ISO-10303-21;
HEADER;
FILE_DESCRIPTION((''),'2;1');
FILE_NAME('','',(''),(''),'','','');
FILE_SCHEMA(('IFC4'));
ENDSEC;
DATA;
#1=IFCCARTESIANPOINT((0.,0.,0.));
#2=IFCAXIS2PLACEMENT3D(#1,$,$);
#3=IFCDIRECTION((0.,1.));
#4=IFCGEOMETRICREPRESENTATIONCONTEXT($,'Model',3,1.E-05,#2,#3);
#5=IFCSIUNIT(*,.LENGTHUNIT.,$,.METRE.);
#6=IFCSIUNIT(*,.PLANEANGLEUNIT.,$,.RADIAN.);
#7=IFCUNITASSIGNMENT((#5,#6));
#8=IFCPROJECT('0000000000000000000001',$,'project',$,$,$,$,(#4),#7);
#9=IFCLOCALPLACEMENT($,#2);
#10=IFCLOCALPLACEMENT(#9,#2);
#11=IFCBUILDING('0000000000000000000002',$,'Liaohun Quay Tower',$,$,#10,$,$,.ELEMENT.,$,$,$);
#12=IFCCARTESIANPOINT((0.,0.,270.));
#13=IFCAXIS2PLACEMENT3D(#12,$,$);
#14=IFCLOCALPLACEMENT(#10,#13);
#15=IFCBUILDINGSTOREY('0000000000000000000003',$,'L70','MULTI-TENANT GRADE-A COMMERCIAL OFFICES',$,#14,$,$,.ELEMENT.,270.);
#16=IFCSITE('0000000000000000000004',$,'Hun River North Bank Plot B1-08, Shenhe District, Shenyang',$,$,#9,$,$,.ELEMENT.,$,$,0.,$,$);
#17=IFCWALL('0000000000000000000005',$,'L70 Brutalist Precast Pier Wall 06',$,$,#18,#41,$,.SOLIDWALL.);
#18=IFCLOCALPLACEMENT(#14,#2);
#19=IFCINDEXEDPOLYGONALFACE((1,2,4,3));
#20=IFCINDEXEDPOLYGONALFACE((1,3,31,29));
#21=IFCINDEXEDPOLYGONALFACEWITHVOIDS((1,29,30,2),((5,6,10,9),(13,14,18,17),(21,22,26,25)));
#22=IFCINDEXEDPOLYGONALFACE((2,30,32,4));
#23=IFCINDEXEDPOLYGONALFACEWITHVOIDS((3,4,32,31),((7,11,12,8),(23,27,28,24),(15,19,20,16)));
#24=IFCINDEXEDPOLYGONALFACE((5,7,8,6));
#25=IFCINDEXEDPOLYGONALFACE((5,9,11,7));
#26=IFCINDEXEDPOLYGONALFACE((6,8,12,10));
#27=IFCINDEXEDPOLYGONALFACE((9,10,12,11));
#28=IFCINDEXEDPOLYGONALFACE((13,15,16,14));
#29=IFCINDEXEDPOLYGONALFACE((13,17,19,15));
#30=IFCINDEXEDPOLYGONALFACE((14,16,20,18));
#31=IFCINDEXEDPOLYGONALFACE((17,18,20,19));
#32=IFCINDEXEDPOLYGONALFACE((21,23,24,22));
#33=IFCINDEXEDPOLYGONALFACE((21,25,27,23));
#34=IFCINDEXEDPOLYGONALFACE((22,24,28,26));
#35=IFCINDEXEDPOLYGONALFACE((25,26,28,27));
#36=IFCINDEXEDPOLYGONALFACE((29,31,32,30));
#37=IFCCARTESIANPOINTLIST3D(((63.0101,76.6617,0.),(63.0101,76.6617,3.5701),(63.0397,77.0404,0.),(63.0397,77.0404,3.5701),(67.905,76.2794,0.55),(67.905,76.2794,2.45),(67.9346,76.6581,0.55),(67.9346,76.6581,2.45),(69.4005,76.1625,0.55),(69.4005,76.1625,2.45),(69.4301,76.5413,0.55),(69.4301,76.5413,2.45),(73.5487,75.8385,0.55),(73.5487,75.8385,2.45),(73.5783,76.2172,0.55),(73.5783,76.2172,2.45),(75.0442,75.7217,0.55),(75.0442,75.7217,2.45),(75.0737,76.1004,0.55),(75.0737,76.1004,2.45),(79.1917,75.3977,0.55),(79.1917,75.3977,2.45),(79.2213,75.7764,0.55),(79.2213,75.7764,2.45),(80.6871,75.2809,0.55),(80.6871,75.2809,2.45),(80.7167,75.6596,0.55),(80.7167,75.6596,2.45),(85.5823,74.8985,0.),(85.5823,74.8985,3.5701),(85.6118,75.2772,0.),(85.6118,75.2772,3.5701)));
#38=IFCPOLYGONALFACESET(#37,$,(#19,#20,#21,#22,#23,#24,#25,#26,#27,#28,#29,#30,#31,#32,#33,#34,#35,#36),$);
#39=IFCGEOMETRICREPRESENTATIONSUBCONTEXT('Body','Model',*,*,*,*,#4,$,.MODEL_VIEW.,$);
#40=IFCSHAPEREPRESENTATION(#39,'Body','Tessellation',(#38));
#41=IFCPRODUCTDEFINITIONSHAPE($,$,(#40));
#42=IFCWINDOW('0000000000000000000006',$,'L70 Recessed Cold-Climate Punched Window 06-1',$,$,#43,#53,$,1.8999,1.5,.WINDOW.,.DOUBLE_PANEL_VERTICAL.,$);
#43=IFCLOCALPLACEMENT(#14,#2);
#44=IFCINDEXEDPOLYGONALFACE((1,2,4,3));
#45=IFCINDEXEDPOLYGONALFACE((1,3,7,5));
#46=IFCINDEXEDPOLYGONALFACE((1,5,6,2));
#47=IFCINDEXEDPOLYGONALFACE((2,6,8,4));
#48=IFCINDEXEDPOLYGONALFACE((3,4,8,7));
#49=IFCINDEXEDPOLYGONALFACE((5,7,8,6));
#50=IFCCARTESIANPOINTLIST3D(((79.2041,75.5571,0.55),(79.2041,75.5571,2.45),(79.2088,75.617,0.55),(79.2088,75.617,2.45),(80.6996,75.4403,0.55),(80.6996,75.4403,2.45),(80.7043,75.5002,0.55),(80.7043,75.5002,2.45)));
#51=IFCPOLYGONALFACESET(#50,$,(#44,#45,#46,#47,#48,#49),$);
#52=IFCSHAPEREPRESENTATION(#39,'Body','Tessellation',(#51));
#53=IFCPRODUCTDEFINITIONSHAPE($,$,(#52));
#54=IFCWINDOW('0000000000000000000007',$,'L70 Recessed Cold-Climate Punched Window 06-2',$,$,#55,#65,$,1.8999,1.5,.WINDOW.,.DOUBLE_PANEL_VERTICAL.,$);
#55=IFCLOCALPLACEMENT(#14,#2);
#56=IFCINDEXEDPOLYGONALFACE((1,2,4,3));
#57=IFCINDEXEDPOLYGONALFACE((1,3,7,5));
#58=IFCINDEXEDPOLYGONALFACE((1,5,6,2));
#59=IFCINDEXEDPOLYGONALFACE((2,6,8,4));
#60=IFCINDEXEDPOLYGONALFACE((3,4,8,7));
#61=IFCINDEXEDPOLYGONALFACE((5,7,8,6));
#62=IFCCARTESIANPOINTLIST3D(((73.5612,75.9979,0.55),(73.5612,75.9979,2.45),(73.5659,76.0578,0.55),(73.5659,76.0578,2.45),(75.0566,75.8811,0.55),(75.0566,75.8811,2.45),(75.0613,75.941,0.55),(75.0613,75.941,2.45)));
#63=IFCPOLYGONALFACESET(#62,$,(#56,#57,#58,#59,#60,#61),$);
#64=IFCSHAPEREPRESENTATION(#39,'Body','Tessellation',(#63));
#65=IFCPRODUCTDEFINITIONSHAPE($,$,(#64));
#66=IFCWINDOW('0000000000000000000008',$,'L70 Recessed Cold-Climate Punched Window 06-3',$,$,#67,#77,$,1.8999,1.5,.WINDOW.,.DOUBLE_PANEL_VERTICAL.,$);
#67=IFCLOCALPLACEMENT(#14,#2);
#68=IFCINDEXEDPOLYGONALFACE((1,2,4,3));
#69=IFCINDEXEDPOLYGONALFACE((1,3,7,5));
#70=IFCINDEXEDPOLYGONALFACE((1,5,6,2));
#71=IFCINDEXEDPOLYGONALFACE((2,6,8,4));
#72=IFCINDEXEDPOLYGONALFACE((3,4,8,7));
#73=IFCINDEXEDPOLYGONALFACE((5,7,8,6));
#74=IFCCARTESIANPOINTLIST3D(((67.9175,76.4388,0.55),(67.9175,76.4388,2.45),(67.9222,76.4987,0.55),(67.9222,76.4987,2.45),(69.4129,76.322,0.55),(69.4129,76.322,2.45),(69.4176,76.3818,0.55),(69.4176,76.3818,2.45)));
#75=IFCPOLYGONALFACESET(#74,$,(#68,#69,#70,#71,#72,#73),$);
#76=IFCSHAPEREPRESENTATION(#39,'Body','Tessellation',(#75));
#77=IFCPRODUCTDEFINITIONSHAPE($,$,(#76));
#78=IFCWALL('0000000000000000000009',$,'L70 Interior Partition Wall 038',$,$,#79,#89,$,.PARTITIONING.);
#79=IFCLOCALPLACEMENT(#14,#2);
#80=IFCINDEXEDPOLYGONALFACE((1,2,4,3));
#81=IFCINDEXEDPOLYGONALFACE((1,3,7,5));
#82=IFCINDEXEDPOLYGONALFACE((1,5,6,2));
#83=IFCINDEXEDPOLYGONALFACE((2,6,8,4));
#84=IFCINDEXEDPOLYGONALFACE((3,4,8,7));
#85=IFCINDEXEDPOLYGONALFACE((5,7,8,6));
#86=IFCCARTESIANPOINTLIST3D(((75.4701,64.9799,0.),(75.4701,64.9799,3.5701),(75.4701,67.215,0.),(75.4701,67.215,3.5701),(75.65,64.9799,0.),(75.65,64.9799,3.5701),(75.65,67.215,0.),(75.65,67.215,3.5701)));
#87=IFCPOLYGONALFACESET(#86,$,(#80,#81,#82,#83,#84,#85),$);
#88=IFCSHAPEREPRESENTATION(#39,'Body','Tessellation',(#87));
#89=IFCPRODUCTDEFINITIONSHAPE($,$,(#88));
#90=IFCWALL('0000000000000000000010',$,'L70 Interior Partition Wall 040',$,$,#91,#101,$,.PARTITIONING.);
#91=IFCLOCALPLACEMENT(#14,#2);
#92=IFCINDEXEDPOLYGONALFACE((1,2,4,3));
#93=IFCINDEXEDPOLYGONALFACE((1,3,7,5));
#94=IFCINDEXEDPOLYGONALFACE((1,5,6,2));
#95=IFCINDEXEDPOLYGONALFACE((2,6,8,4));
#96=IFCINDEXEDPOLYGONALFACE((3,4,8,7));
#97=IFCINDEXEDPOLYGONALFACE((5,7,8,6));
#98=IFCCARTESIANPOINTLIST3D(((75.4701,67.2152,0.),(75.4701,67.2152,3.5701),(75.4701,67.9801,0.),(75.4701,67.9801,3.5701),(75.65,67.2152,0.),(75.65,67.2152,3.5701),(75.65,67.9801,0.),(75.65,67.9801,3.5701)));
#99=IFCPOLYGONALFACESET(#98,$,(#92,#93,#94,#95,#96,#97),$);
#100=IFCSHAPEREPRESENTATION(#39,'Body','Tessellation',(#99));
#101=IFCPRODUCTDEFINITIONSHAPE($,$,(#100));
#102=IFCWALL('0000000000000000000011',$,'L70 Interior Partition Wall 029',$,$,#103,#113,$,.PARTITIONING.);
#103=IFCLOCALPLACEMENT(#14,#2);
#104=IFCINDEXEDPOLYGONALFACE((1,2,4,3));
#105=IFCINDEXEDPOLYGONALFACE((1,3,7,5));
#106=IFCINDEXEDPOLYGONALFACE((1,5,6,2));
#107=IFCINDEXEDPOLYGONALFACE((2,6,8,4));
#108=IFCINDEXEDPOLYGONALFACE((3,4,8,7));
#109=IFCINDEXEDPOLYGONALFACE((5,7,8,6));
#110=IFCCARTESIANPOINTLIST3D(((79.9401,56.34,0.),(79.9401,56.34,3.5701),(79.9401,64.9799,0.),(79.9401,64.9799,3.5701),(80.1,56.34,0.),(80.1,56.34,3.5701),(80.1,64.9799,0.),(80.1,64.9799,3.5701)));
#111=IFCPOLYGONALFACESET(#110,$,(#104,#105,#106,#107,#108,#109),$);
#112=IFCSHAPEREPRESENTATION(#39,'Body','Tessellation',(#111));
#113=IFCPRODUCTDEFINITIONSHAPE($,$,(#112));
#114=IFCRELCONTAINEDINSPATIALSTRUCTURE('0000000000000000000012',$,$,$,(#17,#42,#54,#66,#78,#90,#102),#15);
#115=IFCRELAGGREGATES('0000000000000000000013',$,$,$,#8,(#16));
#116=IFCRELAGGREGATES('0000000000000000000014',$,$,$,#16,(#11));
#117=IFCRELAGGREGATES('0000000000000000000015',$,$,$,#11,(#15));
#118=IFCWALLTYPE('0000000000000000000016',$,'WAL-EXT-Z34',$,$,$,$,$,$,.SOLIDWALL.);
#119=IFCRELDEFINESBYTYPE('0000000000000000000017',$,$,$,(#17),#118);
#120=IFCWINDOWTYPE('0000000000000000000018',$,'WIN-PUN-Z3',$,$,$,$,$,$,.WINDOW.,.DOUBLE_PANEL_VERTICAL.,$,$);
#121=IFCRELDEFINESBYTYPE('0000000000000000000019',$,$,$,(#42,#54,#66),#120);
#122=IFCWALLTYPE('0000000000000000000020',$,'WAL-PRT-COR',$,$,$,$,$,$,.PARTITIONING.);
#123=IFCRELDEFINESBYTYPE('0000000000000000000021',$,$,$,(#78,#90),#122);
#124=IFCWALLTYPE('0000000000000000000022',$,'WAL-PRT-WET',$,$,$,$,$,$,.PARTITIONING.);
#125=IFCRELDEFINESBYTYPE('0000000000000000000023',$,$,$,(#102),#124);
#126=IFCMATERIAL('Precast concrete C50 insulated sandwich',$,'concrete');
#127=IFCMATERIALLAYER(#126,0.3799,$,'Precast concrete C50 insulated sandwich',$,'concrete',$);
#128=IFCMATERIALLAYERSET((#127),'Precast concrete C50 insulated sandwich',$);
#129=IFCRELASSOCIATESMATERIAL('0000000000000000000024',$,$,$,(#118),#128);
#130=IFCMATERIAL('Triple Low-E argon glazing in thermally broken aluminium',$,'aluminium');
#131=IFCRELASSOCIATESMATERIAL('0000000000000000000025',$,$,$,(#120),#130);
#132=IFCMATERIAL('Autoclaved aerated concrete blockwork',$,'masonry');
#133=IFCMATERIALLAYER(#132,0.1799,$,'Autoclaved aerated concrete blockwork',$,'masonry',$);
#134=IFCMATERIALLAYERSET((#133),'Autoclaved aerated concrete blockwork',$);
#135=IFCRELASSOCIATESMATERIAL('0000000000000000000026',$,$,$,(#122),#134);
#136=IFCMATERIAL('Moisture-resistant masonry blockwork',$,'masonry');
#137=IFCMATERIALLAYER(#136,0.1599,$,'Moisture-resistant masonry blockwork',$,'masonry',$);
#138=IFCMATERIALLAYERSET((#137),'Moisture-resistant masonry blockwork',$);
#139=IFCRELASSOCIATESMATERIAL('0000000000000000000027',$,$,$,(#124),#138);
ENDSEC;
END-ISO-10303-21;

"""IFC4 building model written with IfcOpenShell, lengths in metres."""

from ifc_helpers import new_model, si_unit, direction, frame, frame_2d, origin, place, context, subcontext, project, spatial, rectangle, extrude, source, transform, mapped, material, layer, layer_set, type_object, element, fill, save


model = new_model("IFC4")

# Units and contexts
model_context = context("Model", 3, precision=1e-05, world=origin(), true_north=direction((0.0, 1.0)))
body_context = subcontext(model_context, "Body", "Model", "MODEL_VIEW")
ifc_project = project(units=[si_unit("LENGTHUNIT", "METRE"), si_unit("PLANEANGLEUNIT", "RADIAN")], contexts=[model_context])

# Site, building, storey
site_placement = place(None, origin())
site = spatial("IfcSite", under=ifc_project, at=site_placement, Name="Hun River North Bank Plot B1-08, Shenhe District, Shenyang", CompositionType="ELEMENT", RefElevation=0.0)
building_placement = place(site_placement, origin())
building = spatial("IfcBuilding", under=site, at=building_placement, Name="Liaohun Quay Tower", CompositionType="ELEMENT")
storey_placement = place(building_placement, frame((0.0, 0.0, 270.0)))
storey = spatial("IfcBuildingStorey", under=building, at=storey_placement, Name="L70", Description="MULTI-TENANT GRADE-A COMMERCIAL OFFICES", CompositionType="ELEMENT", Elevation=270.0)

# Shared definitions
ifc_material_1 = material(Name="Precast concrete C50 insulated sandwich", Category="concrete")
ifc_layer_1 = layer(ifc_material_1, 0.3799, Name="Precast concrete C50 insulated sandwich", Category="concrete")
ifc_layer_set_1 = layer_set([ifc_layer_1], Name="Precast concrete C50 insulated sandwich")
wall_type_1 = type_object("IfcWallType", Name="WAL-EXT-Z34", PredefinedType="SOLIDWALL", material=ifc_layer_set_1)

# Wall, openings, windows
wall_1_placement = place(storey_placement, frame((85.5969, 75.0879, 0.0), z_axis=(0.0, 0.0, 1.0), x_axis=(-0.996963, 0.077876, 0.0)))
wall_1 = element("IfcWall", 1, at=wall_1_placement, inside=storey, type_object=wall_type_1, Name="L70 Brutalist Precast Pier Wall 06", PredefinedType="SOLIDWALL", context=body_context, shape_type="SweptSolid", body=[
    extrude(rectangle(XDim=22.6409, YDim=0.3799, at=frame_2d((11.3203, 0.0))), origin(), (0.0, 0.0, 1.0), 3.5701),
])
shared_shape_1 = source(origin(), body_context, "Body", "SweptSolid", [
    extrude(rectangle(XDim=1.5, YDim=1.8999, at=frame_2d((0.75, 0.95))), frame((0.0, 0.2, 0.0), z_axis=(0.0, -1.0, 0.0), x_axis=(1.0, 0.0, 0.0)), (0.0, 0.0, 1.0), 0.3999),
])
opening_1_placement = place(wall_1_placement, frame((4.9099, 0.0, 0.55)))
opening_1 = element("IfcOpeningElement", 2, at=opening_1_placement, cuts=wall_1, PredefinedType="OPENING", context=body_context, shape_type="MappedRepresentation", body=[
    mapped(shared_shape_1, transform((0.0, 0.0, 0.0), x_axis=(1.0, 0.0, 0.0), y_axis=(0.0, 1.0, 0.0), z_axis=(0.0, 0.0, 1.0), scale=1.0)),
])
opening_2_placement = place(wall_1_placement, frame((10.5701, 0.0, 0.55)))
opening_2 = element("IfcOpeningElement", 3, at=opening_2_placement, cuts=wall_1, PredefinedType="OPENING", context=body_context, shape_type="MappedRepresentation", body=[
    mapped(shared_shape_1, transform((0.0, 0.0, 0.0), x_axis=(1.0, 0.0, 0.0), y_axis=(0.0, 1.0, 0.0), z_axis=(0.0, 0.0, 1.0), scale=1.0)),
])
opening_3_placement = place(wall_1_placement, frame((16.231, 0.0, 0.55)))
opening_3 = element("IfcOpeningElement", 4, at=opening_3_placement, cuts=wall_1, PredefinedType="OPENING", context=body_context, shape_type="MappedRepresentation", body=[
    mapped(shared_shape_1, transform((0.0, 0.0, 0.0), x_axis=(1.0, 0.0, 0.0), y_axis=(0.0, 1.0, 0.0), z_axis=(0.0, 0.0, 1.0), scale=1.0)),
])
ifc_material_2 = material(Name="Triple Low-E argon glazing in thermally broken aluminium", Category="aluminium")
window_type_1 = type_object("IfcWindowType", Name="WIN-PUN-Z3", PartitioningType="DOUBLE_PANEL_VERTICAL", PredefinedType="WINDOW", material=ifc_material_2)
shared_shape_2 = source(origin(), body_context, "Body", "SweptSolid", [
    extrude(rectangle(XDim=1.5, YDim=1.8999, at=frame_2d((0.75, 0.95))), frame((0.0, 0.03, 0.0), z_axis=(0.0, -1.0, 0.0), x_axis=(1.0, 0.0, 0.0)), (0.0, 0.0, 1.0), 0.0601),
])
window_1_placement = place(opening_1_placement, origin())
window_1 = element("IfcWindow", 5, at=window_1_placement, inside=storey, type_object=window_type_1, Name="L70 Recessed Cold-Climate Punched Window 06-1", OverallHeight=1.8999, OverallWidth=1.5, PartitioningType="DOUBLE_PANEL_VERTICAL", PredefinedType="WINDOW", context=body_context, shape_type="MappedRepresentation", body=[
    mapped(shared_shape_2, transform((0.0, 0.0, 0.0), x_axis=(1.0, 0.0, 0.0), y_axis=(0.0, 1.0, 0.0), z_axis=(0.0, 0.0, 1.0), scale=1.0)),
])
fill(opening_1, window_1)
window_2_placement = place(opening_2_placement, origin())
window_2 = element("IfcWindow", 6, at=window_2_placement, inside=storey, type_object=window_type_1, Name="L70 Recessed Cold-Climate Punched Window 06-2", OverallHeight=1.8999, OverallWidth=1.5, PartitioningType="DOUBLE_PANEL_VERTICAL", PredefinedType="WINDOW", context=body_context, shape_type="MappedRepresentation", body=[
    mapped(shared_shape_2, transform((0.0, 0.0, 0.0), x_axis=(1.0, 0.0, 0.0), y_axis=(0.0, 1.0, 0.0), z_axis=(0.0, 0.0, 1.0), scale=1.0)),
])
fill(opening_2, window_2)
window_3_placement = place(opening_3_placement, origin())
window_3 = element("IfcWindow", 7, at=window_3_placement, inside=storey, type_object=window_type_1, Name="L70 Recessed Cold-Climate Punched Window 06-3", OverallHeight=1.8999, OverallWidth=1.5, PartitioningType="DOUBLE_PANEL_VERTICAL", PredefinedType="WINDOW", context=body_context, shape_type="MappedRepresentation", body=[
    mapped(shared_shape_2, transform((0.0, 0.0, 0.0), x_axis=(1.0, 0.0, 0.0), y_axis=(0.0, 1.0, 0.0), z_axis=(0.0, 0.0, 1.0), scale=1.0)),
])
fill(opening_3, window_3)

# Walls
ifc_material_3 = material(Name="Autoclaved aerated concrete blockwork", Category="masonry")
ifc_layer_2 = layer(ifc_material_3, 0.1799, Name="Autoclaved aerated concrete blockwork", Category="masonry")
ifc_layer_set_2 = layer_set([ifc_layer_2], Name="Autoclaved aerated concrete blockwork")
wall_type_2 = type_object("IfcWallType", Name="WAL-PRT-COR", PredefinedType="PARTITIONING", material=ifc_layer_set_2)
wall_2_placement = place(storey_placement, frame((75.5601, 67.2151, 0.0), z_axis=(0.0, 0.0, 1.0), x_axis=(0.0, -1.0, 0.0)))
element("IfcWall", 8, at=wall_2_placement, inside=storey, type_object=wall_type_2, Name="L70 Interior Partition Wall 038", PredefinedType="PARTITIONING", context=body_context, shape_type="SweptSolid", body=[
    extrude(rectangle(XDim=2.2351, YDim=0.1799, at=frame_2d((1.1177, 0.0))), origin(), (0.0, 0.0, 1.0), 3.5701),
])
wall_3_placement = place(storey_placement, frame((75.5601, 67.98, 0.0), z_axis=(0.0, 0.0, 1.0), x_axis=(0.0, -1.0, 0.0)))
element("IfcWall", 9, at=wall_3_placement, inside=storey, type_object=wall_type_2, Name="L70 Interior Partition Wall 040", PredefinedType="PARTITIONING", context=body_context, shape_type="SweptSolid", body=[
    extrude(rectangle(XDim=0.7649, YDim=0.1799, at=frame_2d((0.3823, 0.0))), origin(), (0.0, 0.0, 1.0), 3.5701),
])
ifc_material_4 = material(Name="Moisture-resistant masonry blockwork", Category="masonry")
ifc_layer_3 = layer(ifc_material_4, 0.1599, Name="Moisture-resistant masonry blockwork", Category="masonry")
ifc_layer_set_3 = layer_set([ifc_layer_3], Name="Moisture-resistant masonry blockwork")
wall_type_3 = type_object("IfcWallType", Name="WAL-PRT-WET", PredefinedType="PARTITIONING", material=ifc_layer_set_3)
wall_4_placement = place(storey_placement, frame((80.02, 56.3401, 0.0), z_axis=(0.0, 0.0, 1.0), x_axis=(0.0, 1.0, 0.0)))
element("IfcWall", 10, at=wall_4_placement, inside=storey, type_object=wall_type_3, Name="L70 Interior Partition Wall 029", PredefinedType="PARTITIONING", context=body_context, shape_type="SweptSolid", body=[
    extrude(rectangle(XDim=8.6399, YDim=0.1599, at=frame_2d((4.3198, 0.0))), origin(), (0.0, 0.0, 1.0), 3.5701),
])

save(model, "model.ifc")
